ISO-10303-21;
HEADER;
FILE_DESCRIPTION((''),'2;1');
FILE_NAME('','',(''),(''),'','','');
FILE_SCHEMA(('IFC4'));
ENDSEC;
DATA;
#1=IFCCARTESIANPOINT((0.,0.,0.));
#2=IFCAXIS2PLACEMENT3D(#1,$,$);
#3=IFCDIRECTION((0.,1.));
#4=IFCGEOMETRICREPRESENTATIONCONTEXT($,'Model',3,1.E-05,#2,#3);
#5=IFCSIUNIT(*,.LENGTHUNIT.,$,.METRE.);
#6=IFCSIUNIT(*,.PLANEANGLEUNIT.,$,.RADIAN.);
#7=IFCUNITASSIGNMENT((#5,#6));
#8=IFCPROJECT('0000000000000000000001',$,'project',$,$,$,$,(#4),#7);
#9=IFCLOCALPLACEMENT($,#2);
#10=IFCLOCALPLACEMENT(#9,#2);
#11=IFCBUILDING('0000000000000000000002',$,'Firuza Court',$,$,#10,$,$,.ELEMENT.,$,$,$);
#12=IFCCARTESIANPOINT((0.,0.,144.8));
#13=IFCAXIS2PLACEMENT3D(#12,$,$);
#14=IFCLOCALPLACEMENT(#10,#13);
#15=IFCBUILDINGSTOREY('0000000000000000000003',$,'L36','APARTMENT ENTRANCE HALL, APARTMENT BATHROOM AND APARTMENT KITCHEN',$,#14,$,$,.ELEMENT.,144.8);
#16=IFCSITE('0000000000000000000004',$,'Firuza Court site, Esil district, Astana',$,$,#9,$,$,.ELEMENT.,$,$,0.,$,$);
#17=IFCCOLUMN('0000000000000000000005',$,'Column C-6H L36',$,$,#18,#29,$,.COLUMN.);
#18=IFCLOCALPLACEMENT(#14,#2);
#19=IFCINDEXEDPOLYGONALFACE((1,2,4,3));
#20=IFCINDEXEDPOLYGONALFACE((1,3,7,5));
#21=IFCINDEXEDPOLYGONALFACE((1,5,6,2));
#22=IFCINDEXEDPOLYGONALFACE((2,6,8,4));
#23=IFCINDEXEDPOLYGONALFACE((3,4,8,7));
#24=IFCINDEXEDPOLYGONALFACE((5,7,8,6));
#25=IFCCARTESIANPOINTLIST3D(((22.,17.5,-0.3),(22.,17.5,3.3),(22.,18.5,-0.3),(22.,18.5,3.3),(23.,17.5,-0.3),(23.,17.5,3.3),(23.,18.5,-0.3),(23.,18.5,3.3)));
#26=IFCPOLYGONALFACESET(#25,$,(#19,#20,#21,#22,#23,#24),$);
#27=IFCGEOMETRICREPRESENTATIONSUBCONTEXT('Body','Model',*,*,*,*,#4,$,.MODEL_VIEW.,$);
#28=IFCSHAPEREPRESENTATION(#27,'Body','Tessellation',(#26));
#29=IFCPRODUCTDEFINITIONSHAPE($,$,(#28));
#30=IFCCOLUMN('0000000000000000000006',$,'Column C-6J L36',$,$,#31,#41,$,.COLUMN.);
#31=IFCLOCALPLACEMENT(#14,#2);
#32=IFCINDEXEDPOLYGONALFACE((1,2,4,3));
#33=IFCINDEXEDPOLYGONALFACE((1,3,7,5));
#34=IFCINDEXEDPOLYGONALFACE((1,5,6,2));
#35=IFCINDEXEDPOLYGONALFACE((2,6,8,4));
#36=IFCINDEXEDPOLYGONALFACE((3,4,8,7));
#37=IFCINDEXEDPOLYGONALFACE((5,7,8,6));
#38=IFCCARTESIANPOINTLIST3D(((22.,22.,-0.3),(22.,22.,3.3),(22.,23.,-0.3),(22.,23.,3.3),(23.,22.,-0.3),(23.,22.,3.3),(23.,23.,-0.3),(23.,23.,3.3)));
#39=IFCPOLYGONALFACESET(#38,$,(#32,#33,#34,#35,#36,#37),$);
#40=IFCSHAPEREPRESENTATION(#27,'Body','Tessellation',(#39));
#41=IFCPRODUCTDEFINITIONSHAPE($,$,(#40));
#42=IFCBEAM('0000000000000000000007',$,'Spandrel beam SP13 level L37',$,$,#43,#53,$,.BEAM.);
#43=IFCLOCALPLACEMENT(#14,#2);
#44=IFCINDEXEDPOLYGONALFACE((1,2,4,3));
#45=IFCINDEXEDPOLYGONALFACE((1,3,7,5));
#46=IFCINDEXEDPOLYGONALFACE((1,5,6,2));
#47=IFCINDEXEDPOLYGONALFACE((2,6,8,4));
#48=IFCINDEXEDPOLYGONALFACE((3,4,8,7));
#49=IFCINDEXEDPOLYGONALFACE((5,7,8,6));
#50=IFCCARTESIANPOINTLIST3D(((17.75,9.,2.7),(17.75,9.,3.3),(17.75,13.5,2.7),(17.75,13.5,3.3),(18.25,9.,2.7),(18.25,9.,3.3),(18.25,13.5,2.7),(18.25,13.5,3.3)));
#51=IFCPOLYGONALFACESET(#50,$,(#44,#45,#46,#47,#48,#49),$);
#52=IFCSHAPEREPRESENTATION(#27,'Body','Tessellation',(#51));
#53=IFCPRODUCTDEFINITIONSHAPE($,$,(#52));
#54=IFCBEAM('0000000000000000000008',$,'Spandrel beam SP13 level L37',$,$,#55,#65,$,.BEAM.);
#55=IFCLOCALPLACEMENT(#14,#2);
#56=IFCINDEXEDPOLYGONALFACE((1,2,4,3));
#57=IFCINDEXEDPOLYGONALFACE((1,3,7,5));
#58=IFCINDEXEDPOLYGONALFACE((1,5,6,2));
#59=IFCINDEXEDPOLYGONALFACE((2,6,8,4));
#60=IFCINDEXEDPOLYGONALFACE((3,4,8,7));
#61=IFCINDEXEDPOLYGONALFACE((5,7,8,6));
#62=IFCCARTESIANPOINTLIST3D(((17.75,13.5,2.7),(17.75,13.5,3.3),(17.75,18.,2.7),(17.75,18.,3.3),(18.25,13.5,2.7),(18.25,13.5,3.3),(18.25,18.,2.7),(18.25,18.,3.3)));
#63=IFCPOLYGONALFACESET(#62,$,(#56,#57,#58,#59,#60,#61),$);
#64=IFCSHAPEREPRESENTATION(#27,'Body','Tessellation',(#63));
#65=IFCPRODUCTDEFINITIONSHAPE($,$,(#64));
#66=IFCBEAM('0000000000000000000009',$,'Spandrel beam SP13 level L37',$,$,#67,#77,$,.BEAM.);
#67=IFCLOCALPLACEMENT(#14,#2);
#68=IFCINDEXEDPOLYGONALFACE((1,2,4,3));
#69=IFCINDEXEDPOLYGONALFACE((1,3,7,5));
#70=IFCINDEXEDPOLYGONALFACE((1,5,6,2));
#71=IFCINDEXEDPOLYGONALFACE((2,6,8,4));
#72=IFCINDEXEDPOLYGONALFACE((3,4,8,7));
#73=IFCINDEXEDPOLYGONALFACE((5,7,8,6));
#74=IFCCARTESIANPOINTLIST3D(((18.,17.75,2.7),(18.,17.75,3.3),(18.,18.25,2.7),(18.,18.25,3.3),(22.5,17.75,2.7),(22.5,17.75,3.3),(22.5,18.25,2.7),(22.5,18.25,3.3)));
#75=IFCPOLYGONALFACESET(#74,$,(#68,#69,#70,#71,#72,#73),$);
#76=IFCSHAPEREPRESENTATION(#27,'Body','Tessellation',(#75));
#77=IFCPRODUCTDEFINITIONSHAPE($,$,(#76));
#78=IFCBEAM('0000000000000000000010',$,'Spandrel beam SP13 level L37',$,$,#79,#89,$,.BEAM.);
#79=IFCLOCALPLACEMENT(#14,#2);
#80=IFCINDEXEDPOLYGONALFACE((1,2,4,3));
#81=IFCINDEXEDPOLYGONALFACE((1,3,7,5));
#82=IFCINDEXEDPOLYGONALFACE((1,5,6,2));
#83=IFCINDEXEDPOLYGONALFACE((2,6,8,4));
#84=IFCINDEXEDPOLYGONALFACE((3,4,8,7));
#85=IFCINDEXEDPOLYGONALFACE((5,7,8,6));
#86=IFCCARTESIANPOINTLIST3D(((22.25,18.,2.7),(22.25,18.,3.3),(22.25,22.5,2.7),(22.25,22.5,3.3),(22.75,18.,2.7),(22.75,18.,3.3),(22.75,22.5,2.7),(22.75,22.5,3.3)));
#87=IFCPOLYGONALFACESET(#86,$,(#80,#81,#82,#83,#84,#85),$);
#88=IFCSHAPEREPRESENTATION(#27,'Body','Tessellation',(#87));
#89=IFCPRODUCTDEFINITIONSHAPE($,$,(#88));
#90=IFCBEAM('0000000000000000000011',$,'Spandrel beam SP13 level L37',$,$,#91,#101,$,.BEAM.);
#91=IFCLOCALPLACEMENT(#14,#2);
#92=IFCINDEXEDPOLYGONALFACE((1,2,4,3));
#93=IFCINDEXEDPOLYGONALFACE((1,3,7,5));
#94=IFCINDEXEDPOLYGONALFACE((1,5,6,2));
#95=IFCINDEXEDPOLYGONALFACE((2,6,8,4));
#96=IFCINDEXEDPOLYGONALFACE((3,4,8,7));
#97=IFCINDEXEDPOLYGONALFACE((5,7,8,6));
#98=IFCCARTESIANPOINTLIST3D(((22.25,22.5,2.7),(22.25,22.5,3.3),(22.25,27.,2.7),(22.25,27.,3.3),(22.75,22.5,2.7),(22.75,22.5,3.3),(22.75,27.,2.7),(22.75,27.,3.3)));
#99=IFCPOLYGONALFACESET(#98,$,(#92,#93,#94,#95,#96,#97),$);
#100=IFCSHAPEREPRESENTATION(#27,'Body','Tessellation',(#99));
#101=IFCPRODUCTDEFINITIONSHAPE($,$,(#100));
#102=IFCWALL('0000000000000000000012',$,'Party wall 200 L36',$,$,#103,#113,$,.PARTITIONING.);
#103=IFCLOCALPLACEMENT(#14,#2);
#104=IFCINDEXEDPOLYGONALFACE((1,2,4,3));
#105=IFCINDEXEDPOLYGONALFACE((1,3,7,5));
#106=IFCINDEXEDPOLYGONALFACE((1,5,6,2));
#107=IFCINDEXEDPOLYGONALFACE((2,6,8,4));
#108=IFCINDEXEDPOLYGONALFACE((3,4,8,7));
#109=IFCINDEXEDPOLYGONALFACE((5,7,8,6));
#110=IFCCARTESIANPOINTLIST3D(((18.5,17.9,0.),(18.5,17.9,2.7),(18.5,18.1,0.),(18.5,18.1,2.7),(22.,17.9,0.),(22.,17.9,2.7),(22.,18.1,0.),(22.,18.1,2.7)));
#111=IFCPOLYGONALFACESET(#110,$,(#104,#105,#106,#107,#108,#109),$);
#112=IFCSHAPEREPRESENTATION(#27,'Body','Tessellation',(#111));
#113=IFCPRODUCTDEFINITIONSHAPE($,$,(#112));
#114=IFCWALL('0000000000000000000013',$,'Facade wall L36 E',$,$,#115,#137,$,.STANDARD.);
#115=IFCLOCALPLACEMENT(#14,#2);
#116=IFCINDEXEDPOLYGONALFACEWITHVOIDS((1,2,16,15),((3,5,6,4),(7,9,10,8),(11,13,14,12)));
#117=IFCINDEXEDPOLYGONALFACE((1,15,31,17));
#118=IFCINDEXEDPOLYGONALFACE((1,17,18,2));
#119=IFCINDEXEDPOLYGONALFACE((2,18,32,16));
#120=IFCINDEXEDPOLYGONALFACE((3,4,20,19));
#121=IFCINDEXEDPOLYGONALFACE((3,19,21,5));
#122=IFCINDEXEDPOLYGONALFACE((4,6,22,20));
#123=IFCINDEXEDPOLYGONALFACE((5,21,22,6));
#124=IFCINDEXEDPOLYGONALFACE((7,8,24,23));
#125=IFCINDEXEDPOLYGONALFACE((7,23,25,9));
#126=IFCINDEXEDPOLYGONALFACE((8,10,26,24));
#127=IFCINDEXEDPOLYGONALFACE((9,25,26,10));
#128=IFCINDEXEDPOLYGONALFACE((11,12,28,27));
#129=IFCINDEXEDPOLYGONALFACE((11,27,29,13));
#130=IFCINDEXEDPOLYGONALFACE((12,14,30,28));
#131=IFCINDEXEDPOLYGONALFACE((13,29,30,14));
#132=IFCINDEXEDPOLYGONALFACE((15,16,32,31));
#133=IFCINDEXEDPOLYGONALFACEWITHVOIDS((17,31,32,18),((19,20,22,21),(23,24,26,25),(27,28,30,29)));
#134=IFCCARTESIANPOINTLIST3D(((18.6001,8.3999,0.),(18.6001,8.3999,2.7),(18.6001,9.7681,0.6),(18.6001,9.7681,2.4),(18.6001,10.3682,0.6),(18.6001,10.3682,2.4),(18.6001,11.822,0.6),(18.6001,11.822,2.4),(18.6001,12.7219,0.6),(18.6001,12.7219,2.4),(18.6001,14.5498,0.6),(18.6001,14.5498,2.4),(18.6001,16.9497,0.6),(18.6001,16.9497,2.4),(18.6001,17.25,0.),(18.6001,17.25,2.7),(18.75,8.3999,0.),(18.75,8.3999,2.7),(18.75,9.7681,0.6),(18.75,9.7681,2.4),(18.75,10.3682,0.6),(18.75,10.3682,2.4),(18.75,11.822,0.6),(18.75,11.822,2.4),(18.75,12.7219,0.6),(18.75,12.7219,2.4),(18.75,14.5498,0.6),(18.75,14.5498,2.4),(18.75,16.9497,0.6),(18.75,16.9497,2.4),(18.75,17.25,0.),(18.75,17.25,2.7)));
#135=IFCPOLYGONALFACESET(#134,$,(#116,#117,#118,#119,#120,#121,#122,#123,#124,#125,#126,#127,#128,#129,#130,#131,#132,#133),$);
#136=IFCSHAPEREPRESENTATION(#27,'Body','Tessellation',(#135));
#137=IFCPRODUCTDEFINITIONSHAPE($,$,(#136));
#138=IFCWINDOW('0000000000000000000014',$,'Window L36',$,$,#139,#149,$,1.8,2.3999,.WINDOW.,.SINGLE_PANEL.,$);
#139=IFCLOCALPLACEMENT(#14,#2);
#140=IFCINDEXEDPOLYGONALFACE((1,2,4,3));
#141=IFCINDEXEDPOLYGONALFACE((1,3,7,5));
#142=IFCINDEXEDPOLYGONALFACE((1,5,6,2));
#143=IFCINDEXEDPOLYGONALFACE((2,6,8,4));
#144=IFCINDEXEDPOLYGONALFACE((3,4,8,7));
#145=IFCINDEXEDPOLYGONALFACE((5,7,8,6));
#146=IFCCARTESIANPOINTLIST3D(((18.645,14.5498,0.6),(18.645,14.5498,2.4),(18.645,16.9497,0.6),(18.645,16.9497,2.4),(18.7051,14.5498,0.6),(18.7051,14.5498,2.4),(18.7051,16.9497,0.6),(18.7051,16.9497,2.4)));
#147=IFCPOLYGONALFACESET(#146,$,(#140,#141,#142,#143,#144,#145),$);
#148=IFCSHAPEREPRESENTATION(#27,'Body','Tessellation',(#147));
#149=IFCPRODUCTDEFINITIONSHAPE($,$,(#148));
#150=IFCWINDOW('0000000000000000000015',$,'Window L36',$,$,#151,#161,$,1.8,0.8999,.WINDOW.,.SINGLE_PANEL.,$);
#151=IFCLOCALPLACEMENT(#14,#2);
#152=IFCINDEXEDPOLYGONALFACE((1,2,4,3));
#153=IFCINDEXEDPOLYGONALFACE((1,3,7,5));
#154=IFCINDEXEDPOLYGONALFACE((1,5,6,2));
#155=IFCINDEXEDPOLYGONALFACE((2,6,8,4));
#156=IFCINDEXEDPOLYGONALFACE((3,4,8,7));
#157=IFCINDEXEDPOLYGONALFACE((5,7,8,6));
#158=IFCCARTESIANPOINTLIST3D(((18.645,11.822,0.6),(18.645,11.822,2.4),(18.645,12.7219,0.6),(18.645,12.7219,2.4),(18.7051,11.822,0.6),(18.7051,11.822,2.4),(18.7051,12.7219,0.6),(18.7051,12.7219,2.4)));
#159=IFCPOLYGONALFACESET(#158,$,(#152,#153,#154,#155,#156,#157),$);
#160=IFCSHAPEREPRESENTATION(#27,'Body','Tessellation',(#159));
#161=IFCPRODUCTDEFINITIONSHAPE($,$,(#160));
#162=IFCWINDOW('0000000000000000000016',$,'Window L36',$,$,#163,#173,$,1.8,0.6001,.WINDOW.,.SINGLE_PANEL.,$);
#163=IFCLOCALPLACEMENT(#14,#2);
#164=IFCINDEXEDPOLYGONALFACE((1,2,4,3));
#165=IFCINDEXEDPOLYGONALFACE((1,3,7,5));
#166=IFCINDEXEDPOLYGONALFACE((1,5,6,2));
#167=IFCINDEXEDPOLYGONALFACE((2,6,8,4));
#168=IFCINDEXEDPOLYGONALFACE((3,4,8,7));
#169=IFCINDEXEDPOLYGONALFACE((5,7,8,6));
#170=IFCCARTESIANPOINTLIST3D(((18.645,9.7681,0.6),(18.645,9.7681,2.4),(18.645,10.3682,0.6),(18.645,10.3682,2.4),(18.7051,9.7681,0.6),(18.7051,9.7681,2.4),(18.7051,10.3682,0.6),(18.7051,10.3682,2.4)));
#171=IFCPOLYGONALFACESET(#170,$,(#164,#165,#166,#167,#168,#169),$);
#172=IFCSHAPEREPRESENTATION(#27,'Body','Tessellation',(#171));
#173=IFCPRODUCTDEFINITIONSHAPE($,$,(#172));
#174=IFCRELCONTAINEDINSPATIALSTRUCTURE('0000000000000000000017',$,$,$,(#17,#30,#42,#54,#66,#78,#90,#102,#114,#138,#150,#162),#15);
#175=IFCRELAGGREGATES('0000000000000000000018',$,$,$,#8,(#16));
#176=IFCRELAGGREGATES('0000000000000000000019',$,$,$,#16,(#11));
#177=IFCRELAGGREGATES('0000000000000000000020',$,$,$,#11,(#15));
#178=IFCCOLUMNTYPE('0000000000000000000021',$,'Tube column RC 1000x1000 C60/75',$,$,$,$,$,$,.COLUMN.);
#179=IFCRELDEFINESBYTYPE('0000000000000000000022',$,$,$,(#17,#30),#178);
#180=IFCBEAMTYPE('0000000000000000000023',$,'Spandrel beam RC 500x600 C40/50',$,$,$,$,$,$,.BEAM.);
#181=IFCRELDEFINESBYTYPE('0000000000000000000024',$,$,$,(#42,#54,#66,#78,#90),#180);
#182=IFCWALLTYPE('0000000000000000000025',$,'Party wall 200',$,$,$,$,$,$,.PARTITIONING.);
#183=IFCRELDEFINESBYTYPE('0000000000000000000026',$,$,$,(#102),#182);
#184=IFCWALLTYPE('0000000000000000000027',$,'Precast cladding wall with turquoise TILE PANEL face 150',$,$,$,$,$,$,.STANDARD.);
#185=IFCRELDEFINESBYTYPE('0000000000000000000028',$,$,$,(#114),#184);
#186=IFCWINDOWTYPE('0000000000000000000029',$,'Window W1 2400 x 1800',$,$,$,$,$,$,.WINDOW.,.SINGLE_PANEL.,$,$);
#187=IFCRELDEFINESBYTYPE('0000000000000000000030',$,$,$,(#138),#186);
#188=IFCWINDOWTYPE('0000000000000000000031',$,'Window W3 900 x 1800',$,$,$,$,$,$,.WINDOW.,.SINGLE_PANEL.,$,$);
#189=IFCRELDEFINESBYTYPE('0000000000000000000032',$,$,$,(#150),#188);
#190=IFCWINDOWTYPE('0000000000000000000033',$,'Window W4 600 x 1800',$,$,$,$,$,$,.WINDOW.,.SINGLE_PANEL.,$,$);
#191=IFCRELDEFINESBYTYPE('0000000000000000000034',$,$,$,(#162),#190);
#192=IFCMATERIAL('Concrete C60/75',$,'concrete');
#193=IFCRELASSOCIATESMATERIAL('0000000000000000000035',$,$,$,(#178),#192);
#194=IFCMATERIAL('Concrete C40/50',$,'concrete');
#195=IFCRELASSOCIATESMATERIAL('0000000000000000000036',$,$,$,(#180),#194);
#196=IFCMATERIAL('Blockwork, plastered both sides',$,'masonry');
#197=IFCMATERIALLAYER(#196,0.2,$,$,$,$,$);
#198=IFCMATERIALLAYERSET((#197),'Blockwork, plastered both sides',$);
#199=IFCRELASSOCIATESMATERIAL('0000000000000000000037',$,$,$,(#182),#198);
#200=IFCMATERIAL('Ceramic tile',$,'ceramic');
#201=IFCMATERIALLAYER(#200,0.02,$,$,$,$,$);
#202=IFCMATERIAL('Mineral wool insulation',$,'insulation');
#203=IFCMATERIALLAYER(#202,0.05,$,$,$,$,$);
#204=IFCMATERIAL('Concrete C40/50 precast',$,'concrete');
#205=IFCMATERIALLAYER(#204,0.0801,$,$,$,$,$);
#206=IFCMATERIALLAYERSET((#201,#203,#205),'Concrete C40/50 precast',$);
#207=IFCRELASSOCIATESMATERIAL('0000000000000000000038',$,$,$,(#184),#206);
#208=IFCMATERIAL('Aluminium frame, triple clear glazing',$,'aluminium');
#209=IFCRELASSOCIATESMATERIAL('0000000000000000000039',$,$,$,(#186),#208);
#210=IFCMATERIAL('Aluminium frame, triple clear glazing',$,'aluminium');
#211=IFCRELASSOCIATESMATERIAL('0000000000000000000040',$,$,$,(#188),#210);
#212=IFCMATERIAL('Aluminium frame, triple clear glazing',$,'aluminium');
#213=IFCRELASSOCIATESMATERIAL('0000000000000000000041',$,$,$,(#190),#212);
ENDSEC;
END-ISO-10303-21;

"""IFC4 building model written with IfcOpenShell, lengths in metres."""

from ifc_helpers import new_model, si_unit, direction, frame, frame_2d, origin, origin_2d, place, context, subcontext, project, spatial, rectangle, extrude, material, layer, layer_set, material_profile, profile_set, type_object, element, fill, save


model = new_model("IFC4")

# Units and contexts
model_context = context("Model", 3, precision=1e-05, world=origin(), true_north=direction((0.0, 1.0)))
body_context = subcontext(model_context, "Body", "Model", "MODEL_VIEW")
ifc_project = project(units=[si_unit("LENGTHUNIT", "METRE"), si_unit("PLANEANGLEUNIT", "RADIAN")], contexts=[model_context])

# Site, building, storey
site_placement = place(None, origin())
site = spatial("IfcSite", under=ifc_project, at=site_placement, Name="Firuza Court site, Esil district, Astana", CompositionType="ELEMENT", RefElevation=0.0)
building_placement = place(site_placement, origin())
building = spatial("IfcBuilding", under=site, at=building_placement, Name="Firuza Court", CompositionType="ELEMENT")
storey_placement = place(building_placement, frame((0.0, 0.0, 144.8)))
storey = spatial("IfcBuildingStorey", under=building, at=storey_placement, Name="L36", Description="APARTMENT ENTRANCE HALL, APARTMENT BATHROOM AND APARTMENT KITCHEN", CompositionType="ELEMENT", Elevation=144.8)

# Columns
ifc_material_1 = material(Name="Concrete C60/75", Category="concrete")
ifc_material_profile_1 = material_profile(ifc_material_1, rectangle(XDim=1.0, YDim=1.0, at=origin_2d()), Name="RC 1000x1000")
ifc_profile_set_1 = profile_set([ifc_material_profile_1], Name="Concrete C60/75")
column_type = type_object("IfcColumnType", Name="Tube column RC 1000x1000 C60/75", PredefinedType="COLUMN", material=ifc_profile_set_1)
for number, where, z_axis, x_axis, name in (
    (1, (22.5, 18.0, -0.3), (0.0, 0.0, 1.0), (1.0, 0.0, 0.0), "Column C-6H L36"),
    (2, (22.5, 22.5, -0.3), (0.0, 0.0, 1.0), (1.0, 0.0, 0.0), "Column C-6J L36"),
):
    element("IfcColumn", number, at=place(storey_placement, frame(where, z_axis=z_axis, x_axis=x_axis)), inside=storey, type_object=column_type, Name=name, PredefinedType="COLUMN", context=body_context, shape_type="SweptSolid", body=[
        extrude(rectangle(XDim=1.0, YDim=1.0, at=origin_2d()), origin(), (0.0, 0.0, 1.0), 3.6001),
    ])

# Beams
ifc_material_2 = material(Name="Concrete C40/50", Category="concrete")
ifc_material_profile_2 = material_profile(ifc_material_2, rectangle(XDim=0.5, YDim=0.6001, at=origin_2d()), Name="RC 500x600")
ifc_profile_set_2 = profile_set([ifc_material_profile_2], Name="Concrete C40/50")
beam_type = type_object("IfcBeamType", Name="Spandrel beam RC 500x600 C40/50", PredefinedType="BEAM", material=ifc_profile_set_2)
for number, where, z_axis, x_axis, name in (
    (3, (18.0, 9.0, 3.0), (0.0, 1.0, 0.0), (-1.0, 0.0, 0.0), "Spandrel beam SP13 level L37"),
    (4, (18.0, 13.5, 3.0), (0.0, 1.0, 0.0), (-1.0, 0.0, 0.0), "Spandrel beam SP13 level L37"),
    (5, (18.0, 18.0, 3.0), (1.0, 0.0, 0.0), (0.0, 1.0, 0.0), "Spandrel beam SP13 level L37"),
    (6, (22.5, 18.0, 3.0), (0.0, 1.0, 0.0), (-1.0, 0.0, 0.0), "Spandrel beam SP13 level L37"),
    (7, (22.5, 22.5, 3.0), (0.0, 1.0, 0.0), (-1.0, 0.0, 0.0), "Spandrel beam SP13 level L37"),
):
    element("IfcBeam", number, at=place(storey_placement, frame(where, z_axis=z_axis, x_axis=x_axis)), inside=storey, type_object=beam_type, Name=name, PredefinedType="BEAM", context=body_context, shape_type="SweptSolid", body=[
        extrude(rectangle(XDim=0.5, YDim=0.6001, at=origin_2d()), origin(), (0.0, 0.0, 1.0), 4.5),
    ])

# Wall
ifc_material_3 = material(Name="Blockwork, plastered both sides", Category="masonry")
ifc_layer_1 = layer(ifc_material_3, 0.2)
ifc_layer_set_1 = layer_set([ifc_layer_1], Name="Blockwork, plastered both sides")
wall_type_1 = type_object("IfcWallType", Name="Party wall 200", PredefinedType="PARTITIONING", material=ifc_layer_set_1)
wall_1_placement = place(storey_placement, frame((18.5, 18.0, 0.0), z_axis=(0.0, 0.0, 1.0), x_axis=(1.0, 0.0, 0.0)))
element("IfcWall", 8, at=wall_1_placement, inside=storey, type_object=wall_type_1, Name="Party wall 200 L36", PredefinedType="PARTITIONING", context=body_context, shape_type="SweptSolid", body=[
    extrude(rectangle(XDim=3.5, YDim=0.2, at=frame_2d((1.75, 0.0))), origin(), (0.0, 0.0, 1.0), 2.7),
])

# Wall, openings, windows
ifc_material_4 = material(Name="Ceramic tile", Category="ceramic")
ifc_layer_2 = layer(ifc_material_4, 0.02)
ifc_material_5 = material(Name="Mineral wool insulation", Category="insulation")
ifc_layer_3 = layer(ifc_material_5, 0.05)
ifc_material_6 = material(Name="Concrete C40/50 precast", Category="concrete")
ifc_layer_4 = layer(ifc_material_6, 0.0801)
ifc_layer_set_2 = layer_set([ifc_layer_2, ifc_layer_3, ifc_layer_4], Name="Concrete C40/50 precast")
wall_type_2 = type_object("IfcWallType", Name="Precast cladding wall with turquoise TILE PANEL face 150", PredefinedType="STANDARD", material=ifc_layer_set_2)
wall_2_placement = place(storey_placement, frame((18.675, 8.3999, 0.0), z_axis=(0.0, 0.0, 1.0), x_axis=(0.0, 1.0, 0.0)))
wall_2 = element("IfcWall", 9, at=wall_2_placement, inside=storey, type_object=wall_type_2, Name="Facade wall L36 E", PredefinedType="STANDARD", context=body_context, shape_type="SweptSolid", body=[
    extrude(rectangle(XDim=8.8501, YDim=0.1499, at=frame_2d((4.425, 0.0))), origin(), (0.0, 0.0, 1.0), 2.7),
])
opening_1_placement = place(wall_2_placement, frame((1.3682, 0.0, 0.6001)))
opening_1 = element("IfcOpeningElement", 10, at=opening_1_placement, cuts=wall_2, PredefinedType="OPENING", context=body_context, shape_type="SweptSolid", body=[
    extrude(rectangle(XDim=0.6001, YDim=1.8, at=frame_2d((0.3, 0.8999))), frame((0.0, 0.0869, 0.0), z_axis=(0.0, -1.0, 0.0), x_axis=(1.0, 0.0, 0.0)), (0.0, 0.0, 1.0), 0.1738),
])
opening_2_placement = place(wall_2_placement, frame((3.4221, 0.0, 0.6001)))
opening_2 = element("IfcOpeningElement", 11, at=opening_2_placement, cuts=wall_2, PredefinedType="OPENING", context=body_context, shape_type="SweptSolid", body=[
    extrude(rectangle(XDim=0.8999, YDim=1.8, at=frame_2d((0.45, 0.8999))), frame((0.0, 0.0869, 0.0), z_axis=(0.0, -1.0, 0.0), x_axis=(1.0, 0.0, 0.0)), (0.0, 0.0, 1.0), 0.1738),
])
opening_3_placement = place(wall_2_placement, frame((6.1499, 0.0, 0.6001)))
opening_3 = element("IfcOpeningElement", 12, at=opening_3_placement, cuts=wall_2, PredefinedType="OPENING", context=body_context, shape_type="SweptSolid", body=[
    extrude(rectangle(XDim=2.3999, YDim=1.8, at=frame_2d((1.2, 0.8999))), frame((0.0, 0.0869, 0.0), z_axis=(0.0, -1.0, 0.0), x_axis=(1.0, 0.0, 0.0)), (0.0, 0.0, 1.0), 0.1738),
])
ifc_material_7 = material(Name="Aluminium frame, triple clear glazing", Category="aluminium")
window_type_1 = type_object("IfcWindowType", Name="Window W1 2400 x 1800", PartitioningType="SINGLE_PANEL", PredefinedType="WINDOW", material=ifc_material_7)
window_1_placement = place(opening_3_placement, origin())
window_1 = element("IfcWindow", 13, at=window_1_placement, inside=storey, type_object=window_type_1, Name="Window L36", OverallHeight=1.8, OverallWidth=2.3999, PartitioningType="SINGLE_PANEL", PredefinedType="WINDOW", context=body_context, shape_type="SweptSolid", body=[
    extrude(rectangle(XDim=2.3999, YDim=1.8, at=frame_2d((1.2, 0.8999))), frame((0.0, 0.03, 0.0), z_axis=(0.0, -1.0, 0.0), x_axis=(1.0, 0.0, 0.0)), (0.0, 0.0, 1.0), 0.0601),
])
fill(opening_3, window_1)
ifc_material_8 = material(Name="Aluminium frame, triple clear glazing", Category="aluminium")
window_type_2 = type_object("IfcWindowType", Name="Window W3 900 x 1800", PartitioningType="SINGLE_PANEL", PredefinedType="WINDOW", material=ifc_material_8)
window_2_placement = place(opening_2_placement, origin())
window_2 = element("IfcWindow", 14, at=window_2_placement, inside=storey, type_object=window_type_2, Name="Window L36", OverallHeight=1.8, OverallWidth=0.8999, PartitioningType="SINGLE_PANEL", PredefinedType="WINDOW", context=body_context, shape_type="SweptSolid", body=[
    extrude(rectangle(XDim=0.8999, YDim=1.8, at=frame_2d((0.45, 0.8999))), frame((0.0, 0.03, 0.0), z_axis=(0.0, -1.0, 0.0), x_axis=(1.0, 0.0, 0.0)), (0.0, 0.0, 1.0), 0.0601),
])
fill(opening_2, window_2)
ifc_material_9 = material(Name="Aluminium frame, triple clear glazing", Category="aluminium")
window_type_3 = type_object("IfcWindowType", Name="Window W4 600 x 1800", PartitioningType="SINGLE_PANEL", PredefinedType="WINDOW", material=ifc_material_9)
window_3_placement = place(opening_1_placement, origin())
window_3 = element("IfcWindow", 15, at=window_3_placement, inside=storey, type_object=window_type_3, Name="Window L36", OverallHeight=1.8, OverallWidth=0.6001, PartitioningType="SINGLE_PANEL", PredefinedType="WINDOW", context=body_context, shape_type="SweptSolid", body=[
    extrude(rectangle(XDim=0.6001, YDim=1.8, at=frame_2d((0.3, 0.8999))), frame((0.0, 0.03, 0.0), z_axis=(0.0, -1.0, 0.0), x_axis=(1.0, 0.0, 0.0)), (0.0, 0.0, 1.0), 0.0601),
])
fill(opening_1, window_3)

save(model, "model.ifc")
